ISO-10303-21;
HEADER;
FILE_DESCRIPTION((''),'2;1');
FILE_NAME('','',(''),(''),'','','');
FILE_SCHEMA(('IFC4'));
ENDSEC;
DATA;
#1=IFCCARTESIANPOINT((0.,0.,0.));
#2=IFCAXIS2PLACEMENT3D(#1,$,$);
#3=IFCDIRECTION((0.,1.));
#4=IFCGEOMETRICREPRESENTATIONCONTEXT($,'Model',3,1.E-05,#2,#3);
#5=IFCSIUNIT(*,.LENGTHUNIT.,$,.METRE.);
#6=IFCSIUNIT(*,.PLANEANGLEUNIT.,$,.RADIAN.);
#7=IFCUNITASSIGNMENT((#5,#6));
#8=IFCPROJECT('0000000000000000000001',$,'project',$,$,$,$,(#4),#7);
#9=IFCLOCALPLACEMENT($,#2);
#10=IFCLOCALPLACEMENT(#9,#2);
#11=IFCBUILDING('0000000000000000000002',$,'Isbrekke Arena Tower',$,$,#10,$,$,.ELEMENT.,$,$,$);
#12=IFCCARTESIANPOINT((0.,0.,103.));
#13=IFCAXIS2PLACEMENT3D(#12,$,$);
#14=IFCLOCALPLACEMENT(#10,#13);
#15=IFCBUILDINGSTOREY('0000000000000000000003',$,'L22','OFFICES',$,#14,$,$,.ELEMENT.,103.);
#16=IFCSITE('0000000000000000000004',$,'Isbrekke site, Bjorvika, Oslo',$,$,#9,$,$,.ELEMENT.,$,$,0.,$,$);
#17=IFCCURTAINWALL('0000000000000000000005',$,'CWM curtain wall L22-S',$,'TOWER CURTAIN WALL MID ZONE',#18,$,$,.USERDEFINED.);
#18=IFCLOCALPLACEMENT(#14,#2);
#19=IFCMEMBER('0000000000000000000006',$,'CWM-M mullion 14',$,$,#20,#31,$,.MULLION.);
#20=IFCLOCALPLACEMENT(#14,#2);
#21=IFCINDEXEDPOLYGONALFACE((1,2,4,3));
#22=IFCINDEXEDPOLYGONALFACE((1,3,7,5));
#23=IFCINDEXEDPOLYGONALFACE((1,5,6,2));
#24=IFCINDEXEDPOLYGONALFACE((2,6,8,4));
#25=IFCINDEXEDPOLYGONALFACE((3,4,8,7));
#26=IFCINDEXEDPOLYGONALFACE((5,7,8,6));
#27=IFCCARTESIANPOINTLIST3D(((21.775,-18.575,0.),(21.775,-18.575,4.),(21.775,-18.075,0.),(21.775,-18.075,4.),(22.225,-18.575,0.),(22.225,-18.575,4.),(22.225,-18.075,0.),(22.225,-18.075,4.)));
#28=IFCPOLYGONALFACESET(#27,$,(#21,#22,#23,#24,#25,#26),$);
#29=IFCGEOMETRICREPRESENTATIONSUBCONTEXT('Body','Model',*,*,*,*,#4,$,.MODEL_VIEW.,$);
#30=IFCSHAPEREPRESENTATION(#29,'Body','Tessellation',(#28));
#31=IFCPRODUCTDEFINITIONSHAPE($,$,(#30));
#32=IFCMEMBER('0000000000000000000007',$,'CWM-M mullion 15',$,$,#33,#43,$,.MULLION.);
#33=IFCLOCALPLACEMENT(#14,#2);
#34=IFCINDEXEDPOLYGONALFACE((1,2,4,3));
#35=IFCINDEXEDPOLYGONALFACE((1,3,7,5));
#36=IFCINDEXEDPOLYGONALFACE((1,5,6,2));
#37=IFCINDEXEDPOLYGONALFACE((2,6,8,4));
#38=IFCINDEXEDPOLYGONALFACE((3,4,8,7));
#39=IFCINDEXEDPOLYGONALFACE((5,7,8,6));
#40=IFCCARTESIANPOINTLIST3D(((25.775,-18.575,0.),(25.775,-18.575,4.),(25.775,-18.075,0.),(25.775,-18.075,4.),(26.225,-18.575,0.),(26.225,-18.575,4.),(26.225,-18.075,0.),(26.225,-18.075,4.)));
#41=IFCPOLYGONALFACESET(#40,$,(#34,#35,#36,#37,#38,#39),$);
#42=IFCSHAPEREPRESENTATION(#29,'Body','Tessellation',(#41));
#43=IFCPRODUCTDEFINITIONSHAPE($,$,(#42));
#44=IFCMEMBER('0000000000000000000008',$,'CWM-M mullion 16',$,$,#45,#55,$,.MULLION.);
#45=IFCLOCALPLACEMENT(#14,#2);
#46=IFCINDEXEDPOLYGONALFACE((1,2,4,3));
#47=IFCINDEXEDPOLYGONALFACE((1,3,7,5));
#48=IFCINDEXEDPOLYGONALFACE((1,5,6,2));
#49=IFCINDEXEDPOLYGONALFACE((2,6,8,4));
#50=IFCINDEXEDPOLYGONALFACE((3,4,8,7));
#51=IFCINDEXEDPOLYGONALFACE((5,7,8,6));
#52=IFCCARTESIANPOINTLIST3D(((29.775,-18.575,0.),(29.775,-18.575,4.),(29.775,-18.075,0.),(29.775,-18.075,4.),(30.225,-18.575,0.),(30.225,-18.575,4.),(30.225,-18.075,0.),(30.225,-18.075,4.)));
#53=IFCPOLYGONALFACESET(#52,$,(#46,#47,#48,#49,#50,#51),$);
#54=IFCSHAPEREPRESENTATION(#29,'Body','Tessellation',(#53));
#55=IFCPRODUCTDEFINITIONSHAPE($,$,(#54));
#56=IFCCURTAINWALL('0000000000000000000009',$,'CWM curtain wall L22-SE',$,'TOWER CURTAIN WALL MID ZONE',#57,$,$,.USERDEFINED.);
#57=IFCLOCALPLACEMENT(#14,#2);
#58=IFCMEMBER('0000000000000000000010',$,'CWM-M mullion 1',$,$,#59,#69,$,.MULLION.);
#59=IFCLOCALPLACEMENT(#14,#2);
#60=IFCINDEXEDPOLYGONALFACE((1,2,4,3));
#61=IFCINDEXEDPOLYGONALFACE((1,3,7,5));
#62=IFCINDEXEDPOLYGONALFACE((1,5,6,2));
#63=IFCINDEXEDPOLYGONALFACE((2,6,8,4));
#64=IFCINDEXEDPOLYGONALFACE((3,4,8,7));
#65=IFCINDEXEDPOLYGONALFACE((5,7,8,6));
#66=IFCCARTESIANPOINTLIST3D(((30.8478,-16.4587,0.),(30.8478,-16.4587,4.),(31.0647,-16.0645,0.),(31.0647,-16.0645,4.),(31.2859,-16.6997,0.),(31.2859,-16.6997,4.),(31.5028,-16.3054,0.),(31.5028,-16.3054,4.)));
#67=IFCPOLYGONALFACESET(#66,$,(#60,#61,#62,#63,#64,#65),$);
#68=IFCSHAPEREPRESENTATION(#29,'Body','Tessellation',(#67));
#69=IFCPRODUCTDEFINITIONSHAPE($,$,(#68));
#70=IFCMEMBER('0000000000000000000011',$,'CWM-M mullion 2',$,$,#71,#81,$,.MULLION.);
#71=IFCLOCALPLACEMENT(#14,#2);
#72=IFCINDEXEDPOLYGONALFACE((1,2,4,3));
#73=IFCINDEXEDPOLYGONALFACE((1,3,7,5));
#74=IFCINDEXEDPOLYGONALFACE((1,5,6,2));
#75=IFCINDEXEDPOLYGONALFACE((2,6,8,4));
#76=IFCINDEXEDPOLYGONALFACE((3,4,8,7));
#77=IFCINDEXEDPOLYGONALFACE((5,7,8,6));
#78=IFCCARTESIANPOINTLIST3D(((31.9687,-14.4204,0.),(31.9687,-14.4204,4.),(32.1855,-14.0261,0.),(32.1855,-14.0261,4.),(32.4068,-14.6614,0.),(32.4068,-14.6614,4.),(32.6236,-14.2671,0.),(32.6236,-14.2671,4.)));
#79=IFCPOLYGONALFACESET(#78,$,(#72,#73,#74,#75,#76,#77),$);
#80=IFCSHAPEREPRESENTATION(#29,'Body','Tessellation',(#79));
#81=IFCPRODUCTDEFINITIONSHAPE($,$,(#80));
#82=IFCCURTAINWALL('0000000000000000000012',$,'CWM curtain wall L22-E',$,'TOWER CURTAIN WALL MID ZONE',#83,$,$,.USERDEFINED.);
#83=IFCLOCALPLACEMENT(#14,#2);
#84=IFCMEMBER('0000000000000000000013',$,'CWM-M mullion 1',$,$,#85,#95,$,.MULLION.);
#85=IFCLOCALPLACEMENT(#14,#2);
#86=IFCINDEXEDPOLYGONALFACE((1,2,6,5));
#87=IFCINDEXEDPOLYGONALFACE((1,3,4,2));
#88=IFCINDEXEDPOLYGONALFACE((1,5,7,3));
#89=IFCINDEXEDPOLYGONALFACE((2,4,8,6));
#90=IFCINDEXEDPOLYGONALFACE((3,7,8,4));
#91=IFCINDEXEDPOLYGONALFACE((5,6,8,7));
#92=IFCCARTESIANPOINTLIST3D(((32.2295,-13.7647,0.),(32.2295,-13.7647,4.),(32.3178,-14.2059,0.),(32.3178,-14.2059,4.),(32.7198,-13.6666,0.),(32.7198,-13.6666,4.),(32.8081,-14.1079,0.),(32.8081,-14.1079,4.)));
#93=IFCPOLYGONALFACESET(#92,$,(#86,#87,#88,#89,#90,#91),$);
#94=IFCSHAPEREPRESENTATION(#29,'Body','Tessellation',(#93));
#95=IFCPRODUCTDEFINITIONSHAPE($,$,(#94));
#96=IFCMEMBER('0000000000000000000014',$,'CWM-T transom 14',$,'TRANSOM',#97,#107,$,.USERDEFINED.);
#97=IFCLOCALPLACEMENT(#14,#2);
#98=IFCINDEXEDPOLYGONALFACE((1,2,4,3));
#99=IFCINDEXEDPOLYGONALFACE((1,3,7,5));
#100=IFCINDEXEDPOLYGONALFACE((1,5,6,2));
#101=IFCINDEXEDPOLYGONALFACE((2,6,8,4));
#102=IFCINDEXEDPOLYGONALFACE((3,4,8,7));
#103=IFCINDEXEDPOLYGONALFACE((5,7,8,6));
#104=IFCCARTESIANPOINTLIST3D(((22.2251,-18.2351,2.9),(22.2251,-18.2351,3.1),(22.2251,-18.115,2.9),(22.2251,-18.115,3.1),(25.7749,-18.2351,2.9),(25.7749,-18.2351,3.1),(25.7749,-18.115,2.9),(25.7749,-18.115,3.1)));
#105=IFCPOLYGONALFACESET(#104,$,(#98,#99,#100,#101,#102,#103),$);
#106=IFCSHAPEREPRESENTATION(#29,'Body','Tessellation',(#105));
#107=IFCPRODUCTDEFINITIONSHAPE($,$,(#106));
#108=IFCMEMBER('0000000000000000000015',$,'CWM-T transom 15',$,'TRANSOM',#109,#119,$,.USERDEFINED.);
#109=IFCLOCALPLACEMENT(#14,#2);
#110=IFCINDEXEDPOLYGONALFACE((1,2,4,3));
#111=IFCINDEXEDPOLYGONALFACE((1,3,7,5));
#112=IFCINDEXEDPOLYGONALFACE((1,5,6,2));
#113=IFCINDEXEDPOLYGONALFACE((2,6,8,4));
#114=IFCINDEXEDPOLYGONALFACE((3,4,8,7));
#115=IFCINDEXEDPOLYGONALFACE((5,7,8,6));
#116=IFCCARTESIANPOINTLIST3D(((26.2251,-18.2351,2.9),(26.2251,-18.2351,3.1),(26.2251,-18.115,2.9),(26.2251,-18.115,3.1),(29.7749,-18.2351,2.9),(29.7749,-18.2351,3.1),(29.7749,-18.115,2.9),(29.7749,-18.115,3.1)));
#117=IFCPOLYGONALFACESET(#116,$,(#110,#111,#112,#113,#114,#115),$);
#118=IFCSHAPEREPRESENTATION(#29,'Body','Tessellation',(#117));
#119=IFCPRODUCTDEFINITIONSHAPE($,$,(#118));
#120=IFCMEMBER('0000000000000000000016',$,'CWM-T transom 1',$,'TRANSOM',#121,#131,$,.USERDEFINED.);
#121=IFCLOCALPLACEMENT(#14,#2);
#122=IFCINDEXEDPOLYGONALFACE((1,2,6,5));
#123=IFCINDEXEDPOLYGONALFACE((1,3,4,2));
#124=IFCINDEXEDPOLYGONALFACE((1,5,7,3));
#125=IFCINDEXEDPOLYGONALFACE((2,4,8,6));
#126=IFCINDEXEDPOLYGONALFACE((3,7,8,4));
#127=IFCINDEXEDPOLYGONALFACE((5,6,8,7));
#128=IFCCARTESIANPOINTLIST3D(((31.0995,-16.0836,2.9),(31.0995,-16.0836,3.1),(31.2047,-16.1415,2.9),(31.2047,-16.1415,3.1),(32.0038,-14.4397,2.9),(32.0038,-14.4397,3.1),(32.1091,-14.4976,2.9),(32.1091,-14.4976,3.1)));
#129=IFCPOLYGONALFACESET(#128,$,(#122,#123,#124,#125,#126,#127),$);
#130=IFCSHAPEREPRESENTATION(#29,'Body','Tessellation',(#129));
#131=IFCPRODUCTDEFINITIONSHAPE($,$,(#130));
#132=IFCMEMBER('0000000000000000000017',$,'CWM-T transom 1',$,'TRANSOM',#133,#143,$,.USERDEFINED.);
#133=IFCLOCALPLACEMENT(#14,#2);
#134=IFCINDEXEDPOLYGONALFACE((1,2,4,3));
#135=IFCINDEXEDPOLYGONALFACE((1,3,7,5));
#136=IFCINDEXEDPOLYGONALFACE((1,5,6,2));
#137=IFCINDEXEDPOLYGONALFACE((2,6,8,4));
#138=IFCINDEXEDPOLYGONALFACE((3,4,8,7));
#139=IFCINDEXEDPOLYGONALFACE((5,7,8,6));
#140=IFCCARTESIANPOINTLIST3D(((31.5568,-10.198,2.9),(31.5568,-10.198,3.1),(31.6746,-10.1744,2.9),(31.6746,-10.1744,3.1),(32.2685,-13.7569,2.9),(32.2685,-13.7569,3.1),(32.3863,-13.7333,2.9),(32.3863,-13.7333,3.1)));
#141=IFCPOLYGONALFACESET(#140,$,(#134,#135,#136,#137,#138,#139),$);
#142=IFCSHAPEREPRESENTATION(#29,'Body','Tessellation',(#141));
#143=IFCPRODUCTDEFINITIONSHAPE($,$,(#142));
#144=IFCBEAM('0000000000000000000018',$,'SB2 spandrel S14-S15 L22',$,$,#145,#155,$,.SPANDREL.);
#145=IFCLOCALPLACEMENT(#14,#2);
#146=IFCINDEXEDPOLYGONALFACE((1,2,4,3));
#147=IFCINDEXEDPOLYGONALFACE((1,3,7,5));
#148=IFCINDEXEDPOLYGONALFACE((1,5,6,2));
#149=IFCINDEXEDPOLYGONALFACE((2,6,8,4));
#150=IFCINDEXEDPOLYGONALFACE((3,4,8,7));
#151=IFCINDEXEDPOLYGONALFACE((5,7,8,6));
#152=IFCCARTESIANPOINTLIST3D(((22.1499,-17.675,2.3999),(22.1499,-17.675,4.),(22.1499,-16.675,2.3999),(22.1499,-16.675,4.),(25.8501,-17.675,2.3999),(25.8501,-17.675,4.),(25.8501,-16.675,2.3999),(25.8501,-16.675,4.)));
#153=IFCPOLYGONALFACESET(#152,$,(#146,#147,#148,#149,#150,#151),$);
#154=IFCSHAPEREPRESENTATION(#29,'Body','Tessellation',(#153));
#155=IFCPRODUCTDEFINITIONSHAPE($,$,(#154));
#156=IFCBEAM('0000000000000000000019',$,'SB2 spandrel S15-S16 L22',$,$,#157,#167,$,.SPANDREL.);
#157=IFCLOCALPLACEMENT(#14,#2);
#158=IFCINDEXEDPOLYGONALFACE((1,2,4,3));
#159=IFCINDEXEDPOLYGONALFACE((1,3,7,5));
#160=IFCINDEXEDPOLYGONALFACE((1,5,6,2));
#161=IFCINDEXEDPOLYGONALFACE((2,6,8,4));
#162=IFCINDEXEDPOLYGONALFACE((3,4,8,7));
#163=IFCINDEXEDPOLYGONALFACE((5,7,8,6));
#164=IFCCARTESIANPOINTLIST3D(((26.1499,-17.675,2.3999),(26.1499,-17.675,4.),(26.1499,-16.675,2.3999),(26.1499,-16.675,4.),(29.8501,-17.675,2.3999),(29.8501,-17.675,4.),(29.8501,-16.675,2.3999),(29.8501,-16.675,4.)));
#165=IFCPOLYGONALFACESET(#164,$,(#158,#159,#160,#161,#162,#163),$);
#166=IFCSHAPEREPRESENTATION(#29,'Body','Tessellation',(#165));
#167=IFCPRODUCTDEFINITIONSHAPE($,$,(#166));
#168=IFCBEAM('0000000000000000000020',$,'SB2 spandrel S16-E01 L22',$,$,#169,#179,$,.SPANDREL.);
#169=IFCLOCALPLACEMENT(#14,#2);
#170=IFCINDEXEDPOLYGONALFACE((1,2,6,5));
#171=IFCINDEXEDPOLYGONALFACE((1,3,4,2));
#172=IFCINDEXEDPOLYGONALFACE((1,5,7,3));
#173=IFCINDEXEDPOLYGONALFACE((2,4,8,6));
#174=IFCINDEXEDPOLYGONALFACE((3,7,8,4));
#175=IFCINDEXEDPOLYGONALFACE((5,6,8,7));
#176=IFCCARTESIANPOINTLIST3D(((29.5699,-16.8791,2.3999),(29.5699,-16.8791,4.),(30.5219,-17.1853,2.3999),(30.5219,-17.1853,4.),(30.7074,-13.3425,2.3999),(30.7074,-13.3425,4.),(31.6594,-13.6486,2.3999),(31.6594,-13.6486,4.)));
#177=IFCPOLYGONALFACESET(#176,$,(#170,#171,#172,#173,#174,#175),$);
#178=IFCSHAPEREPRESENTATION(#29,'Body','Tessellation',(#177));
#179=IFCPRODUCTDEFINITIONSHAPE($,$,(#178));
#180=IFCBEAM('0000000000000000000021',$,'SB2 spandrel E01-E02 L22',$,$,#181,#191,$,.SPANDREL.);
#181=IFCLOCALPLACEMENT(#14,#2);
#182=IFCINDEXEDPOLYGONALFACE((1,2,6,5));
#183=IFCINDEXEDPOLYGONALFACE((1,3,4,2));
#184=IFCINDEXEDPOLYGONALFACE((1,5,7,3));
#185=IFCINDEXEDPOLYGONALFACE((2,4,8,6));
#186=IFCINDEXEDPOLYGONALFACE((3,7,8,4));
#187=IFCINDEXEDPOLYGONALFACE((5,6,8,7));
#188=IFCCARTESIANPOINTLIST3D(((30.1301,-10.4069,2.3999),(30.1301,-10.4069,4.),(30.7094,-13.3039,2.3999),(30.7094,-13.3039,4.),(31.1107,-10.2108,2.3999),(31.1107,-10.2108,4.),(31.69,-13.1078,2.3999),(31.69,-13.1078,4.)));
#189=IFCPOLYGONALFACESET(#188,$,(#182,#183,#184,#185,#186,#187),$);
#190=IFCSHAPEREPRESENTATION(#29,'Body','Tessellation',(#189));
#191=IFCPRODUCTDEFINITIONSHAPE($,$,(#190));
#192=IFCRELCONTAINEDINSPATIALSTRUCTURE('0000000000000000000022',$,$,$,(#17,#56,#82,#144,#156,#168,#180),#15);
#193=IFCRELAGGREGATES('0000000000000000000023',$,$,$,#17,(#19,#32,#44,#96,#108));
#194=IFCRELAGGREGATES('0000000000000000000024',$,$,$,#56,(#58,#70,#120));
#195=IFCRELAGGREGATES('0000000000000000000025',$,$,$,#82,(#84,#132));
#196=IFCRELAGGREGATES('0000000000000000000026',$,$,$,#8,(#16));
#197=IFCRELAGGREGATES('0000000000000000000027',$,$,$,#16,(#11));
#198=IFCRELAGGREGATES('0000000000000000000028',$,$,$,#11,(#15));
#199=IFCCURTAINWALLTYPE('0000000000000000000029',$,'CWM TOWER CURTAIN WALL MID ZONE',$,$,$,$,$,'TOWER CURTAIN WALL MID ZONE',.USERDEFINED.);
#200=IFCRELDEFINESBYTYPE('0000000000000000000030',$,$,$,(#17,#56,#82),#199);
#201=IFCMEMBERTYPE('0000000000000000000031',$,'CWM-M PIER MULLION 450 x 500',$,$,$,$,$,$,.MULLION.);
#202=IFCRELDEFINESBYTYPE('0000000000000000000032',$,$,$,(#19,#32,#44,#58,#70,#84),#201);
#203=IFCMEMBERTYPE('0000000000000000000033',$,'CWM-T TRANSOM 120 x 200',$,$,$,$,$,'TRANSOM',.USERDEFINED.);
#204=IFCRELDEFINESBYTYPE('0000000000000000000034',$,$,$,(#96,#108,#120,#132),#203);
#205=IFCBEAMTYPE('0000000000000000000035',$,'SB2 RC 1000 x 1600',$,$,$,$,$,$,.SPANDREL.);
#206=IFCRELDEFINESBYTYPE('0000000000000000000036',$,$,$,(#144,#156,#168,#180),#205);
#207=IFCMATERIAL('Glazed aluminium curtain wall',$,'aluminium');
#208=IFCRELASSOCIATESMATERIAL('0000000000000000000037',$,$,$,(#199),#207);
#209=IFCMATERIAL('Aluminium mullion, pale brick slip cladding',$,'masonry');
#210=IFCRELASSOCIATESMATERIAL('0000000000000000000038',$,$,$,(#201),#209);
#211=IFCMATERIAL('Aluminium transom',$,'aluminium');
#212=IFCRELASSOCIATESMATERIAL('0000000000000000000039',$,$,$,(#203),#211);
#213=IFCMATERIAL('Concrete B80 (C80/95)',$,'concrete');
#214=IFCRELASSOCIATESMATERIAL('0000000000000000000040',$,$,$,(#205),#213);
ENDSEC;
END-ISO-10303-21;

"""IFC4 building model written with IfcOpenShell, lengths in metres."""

from ifc_helpers import new_model, si_unit, direction, frame, origin, origin_2d, place, context, subcontext, project, spatial, rectangle, extrude, material, material_profile, profile_set, type_object, element, aggregate, save


model = new_model("IFC4")

# Units and contexts
model_context = context("Model", 3, precision=1e-05, world=origin(), true_north=direction((0.0, 1.0)))
body_context = subcontext(model_context, "Body", "Model", "MODEL_VIEW")
ifc_project = project(units=[si_unit("LENGTHUNIT", "METRE"), si_unit("PLANEANGLEUNIT", "RADIAN")], contexts=[model_context])

# Site, building, storey
site_placement = place(None, origin())
site = spatial("IfcSite", under=ifc_project, at=site_placement, Name="Isbrekke site, Bjorvika, Oslo", CompositionType="ELEMENT", RefElevation=0.0)
building_placement = place(site_placement, origin())
building = spatial("IfcBuilding", under=site, at=building_placement, Name="Isbrekke Arena Tower", CompositionType="ELEMENT")
storey_placement = place(building_placement, frame((0.0, 0.0, 103.0)))
storey = spatial("IfcBuildingStorey", under=building, at=storey_placement, Name="L22", Description="OFFICES", CompositionType="ELEMENT", Elevation=103.0)

# Curtain walls, members
ifc_material_1 = material(Name="Glazed aluminium curtain wall", Category="aluminium")
curtain_wall_type = type_object("IfcCurtainWallType", Name="CWM TOWER CURTAIN WALL MID ZONE", ElementType="TOWER CURTAIN WALL MID ZONE", PredefinedType="USERDEFINED", material=ifc_material_1)
curtain_wall_1_placement = place(storey_placement, origin())
curtain_wall_1 = element("IfcCurtainWall", 1, at=curtain_wall_1_placement, inside=storey, type_object=curtain_wall_type, Name="CWM curtain wall L22-S", ObjectType="TOWER CURTAIN WALL MID ZONE", PredefinedType="USERDEFINED")
ifc_material_2 = material(Name="Aluminium mullion, pale brick slip cladding", Category="masonry")
ifc_material_profile_1 = material_profile(ifc_material_2, rectangle(XDim=0.45, YDim=0.5, at=origin_2d()), Name="PIER 450X500")
ifc_profile_set_1 = profile_set([ifc_material_profile_1], Name="Aluminium mullion, pale brick slip cladding")
member_type_1 = type_object("IfcMemberType", Name="CWM-M PIER MULLION 450 x 500", PredefinedType="MULLION", material=ifc_profile_set_1)
member_1_placement = place(storey_placement, frame((22.0, -18.325, 0.0), z_axis=(0.0, 0.0, 1.0), x_axis=(1.0, 0.0, 0.0)))
member_1 = element("IfcMember", 2, at=member_1_placement, type_object=member_type_1, Name="CWM-M mullion 14", PredefinedType="MULLION", context=body_context, shape_type="SweptSolid", body=[
    extrude(rectangle(XDim=0.45, YDim=0.5, at=origin_2d()), origin(), (0.0, 0.0, 1.0), 4.0),
])
member_2_placement = place(storey_placement, frame((26.0, -18.325, 0.0), z_axis=(0.0, 0.0, 1.0), x_axis=(1.0, 0.0, 0.0)))
member_2 = element("IfcMember", 3, at=member_2_placement, type_object=member_type_1, Name="CWM-M mullion 15", PredefinedType="MULLION", context=body_context, shape_type="SweptSolid", body=[
    extrude(rectangle(XDim=0.45, YDim=0.5, at=origin_2d()), origin(), (0.0, 0.0, 1.0), 4.0),
])
member_3_placement = place(storey_placement, frame((30.0, -18.325, 0.0), z_axis=(0.0, 0.0, 1.0), x_axis=(1.0, 0.0, 0.0)))
member_3 = element("IfcMember", 4, at=member_3_placement, type_object=member_type_1, Name="CWM-M mullion 16", PredefinedType="MULLION", context=body_context, shape_type="SweptSolid", body=[
    extrude(rectangle(XDim=0.45, YDim=0.5, at=origin_2d()), origin(), (0.0, 0.0, 1.0), 4.0),
])
curtain_wall_2_placement = place(storey_placement, origin())
curtain_wall_2 = element("IfcCurtainWall", 5, at=curtain_wall_2_placement, inside=storey, type_object=curtain_wall_type, Name="CWM curtain wall L22-SE", ObjectType="TOWER CURTAIN WALL MID ZONE", PredefinedType="USERDEFINED")
member_4_placement = place(storey_placement, frame((31.1753, -16.3821, 0.0), z_axis=(0.0, 0.0, 1.0), x_axis=(0.481919, 0.876216, 0.0)))
member_4 = element("IfcMember", 6, at=member_4_placement, type_object=member_type_1, Name="CWM-M mullion 1", PredefinedType="MULLION", context=body_context, shape_type="SweptSolid", body=[
    extrude(rectangle(XDim=0.45, YDim=0.5, at=origin_2d()), origin(), (0.0, 0.0, 1.0), 4.0),
])
member_5_placement = place(storey_placement, frame((32.2961, -14.3438, 0.0), z_axis=(0.0, 0.0, 1.0), x_axis=(0.481919, 0.876216, 0.0)))
member_5 = element("IfcMember", 7, at=member_5_placement, type_object=member_type_1, Name="CWM-M mullion 2", PredefinedType="MULLION", context=body_context, shape_type="SweptSolid", body=[
    extrude(rectangle(XDim=0.45, YDim=0.5, at=origin_2d()), origin(), (0.0, 0.0, 1.0), 4.0),
])

# Curtain wall, member
curtain_wall_3_placement = place(storey_placement, origin())
curtain_wall_3 = element("IfcCurtainWall", 8, at=curtain_wall_3_placement, inside=storey, type_object=curtain_wall_type, Name="CWM curtain wall L22-E", ObjectType="TOWER CURTAIN WALL MID ZONE", PredefinedType="USERDEFINED")
member_6_placement = place(storey_placement, frame((32.5188, -13.9363, 0.0), z_axis=(0.0, 0.0, 1.0), x_axis=(-0.196116, 0.980581, 0.0)))
member_6 = element("IfcMember", 9, at=member_6_placement, type_object=member_type_1, Name="CWM-M mullion 1", PredefinedType="MULLION", context=body_context, shape_type="SweptSolid", body=[
    extrude(rectangle(XDim=0.45, YDim=0.5, at=origin_2d()), origin(), (0.0, 0.0, 1.0), 4.0),
])

# Members
ifc_material_3 = material(Name="Aluminium transom", Category="aluminium")
ifc_material_profile_2 = material_profile(ifc_material_3, rectangle(XDim=0.1201, YDim=0.2, at=origin_2d()), Name="TRANSOM 120X200")
ifc_profile_set_2 = profile_set([ifc_material_profile_2], Name="Aluminium transom")
member_type_2 = type_object("IfcMemberType", Name="CWM-T TRANSOM 120 x 200", ElementType="TRANSOM", PredefinedType="USERDEFINED", material=ifc_profile_set_2)
member_7_placement = place(storey_placement, frame((22.2251, -18.175, 3.0), z_axis=(1.0, 0.0, 0.0), x_axis=(0.0, 1.0, 0.0)))
member_7 = element("IfcMember", 10, at=member_7_placement, type_object=member_type_2, Name="CWM-T transom 14", ObjectType="TRANSOM", PredefinedType="USERDEFINED", context=body_context, shape_type="SweptSolid", body=[
    extrude(rectangle(XDim=0.1201, YDim=0.2, at=origin_2d()), origin(), (0.0, 0.0, 1.0), 3.5498),
])
member_8_placement = place(storey_placement, frame((26.2251, -18.175, 3.0), z_axis=(1.0, 0.0, 0.0), x_axis=(0.0, 1.0, 0.0)))
member_8 = element("IfcMember", 11, at=member_8_placement, type_object=member_type_2, Name="CWM-T transom 15", ObjectType="TRANSOM", PredefinedType="USERDEFINED", context=body_context, shape_type="SweptSolid", body=[
    extrude(rectangle(XDim=0.1201, YDim=0.2, at=origin_2d()), origin(), (0.0, 0.0, 1.0), 3.5498),
])
member_9_placement = place(storey_placement, frame((31.1521, -16.1125, 3.0), z_axis=(0.482004, 0.876169, 0.0), x_axis=(-0.876169, 0.482004, 0.0)))
member_9 = element("IfcMember", 12, at=member_9_placement, type_object=member_type_2, Name="CWM-T transom 1", ObjectType="TRANSOM", PredefinedType="USERDEFINED", context=body_context, shape_type="SweptSolid", body=[
    extrude(rectangle(XDim=0.1201, YDim=0.2, at=origin_2d()), origin(), (0.0, 0.0, 1.0), 1.8762),
])
member_10_placement = place(storey_placement, frame((32.3274, -13.7451, 3.0), z_axis=(-0.19609, 0.980586, 0.0), x_axis=(-0.980586, -0.19609, 0.0)))
member_10 = element("IfcMember", 13, at=member_10_placement, type_object=member_type_2, Name="CWM-T transom 1", ObjectType="TRANSOM", PredefinedType="USERDEFINED", context=body_context, shape_type="SweptSolid", body=[
    extrude(rectangle(XDim=0.1201, YDim=0.2, at=origin_2d()), origin(), (0.0, 0.0, 1.0), 3.6294),
])

# Beams
ifc_material_4 = material(Name="Concrete B80 (C80/95)", Category="concrete")
ifc_material_profile_3 = material_profile(ifc_material_4, rectangle(XDim=1.0, YDim=1.6001, at=origin_2d()), Name="RC 1000x1600")
ifc_profile_set_3 = profile_set([ifc_material_profile_3], Name="Concrete B80 (C80/95)")
beam_type_1 = type_object("IfcBeamType", Name="SB2 RC 1000 x 1600", PredefinedType="SPANDREL", material=ifc_profile_set_3)
for number, where, z_axis, x_axis, name in (
    (14, (22.1499, -17.175, 3.2), (1.0, 0.0, 0.0), (0.0, 1.0, 0.0), "SB2 spandrel S14-S15 L22"),
    (15, (26.1499, -17.175, 3.2), (1.0, 0.0, 0.0), (0.0, 1.0, 0.0), "SB2 spandrel S15-S16 L22"),
):
    element("IfcBeam", number, at=place(storey_placement, frame(where, z_axis=z_axis, x_axis=x_axis)), inside=storey, type_object=beam_type_1, Name=name, PredefinedType="SPANDREL", context=body_context, shape_type="SweptSolid", body=[
        extrude(rectangle(XDim=1.0, YDim=1.6001, at=origin_2d()), origin(), (0.0, 0.0, 1.0), 3.7002),
    ])
beam_1_placement = place(storey_placement, frame((30.0459, -17.0322, 3.2), z_axis=(0.306175, 0.951975, 0.0), x_axis=(-0.951975, 0.306175, 0.0)))
element("IfcBeam", 16, at=beam_1_placement, inside=storey, type_object=beam_type_1, Name="SB2 spandrel S16-E01 L22", PredefinedType="SPANDREL", context=body_context, shape_type="SweptSolid", body=[
    extrude(rectangle(XDim=1.0, YDim=1.6001, at=origin_2d()), origin(), (0.0, 0.0, 1.0), 3.7151),
])
beam_2_placement = place(storey_placement, frame((31.1997, -13.2058, 3.2), z_axis=(-0.1961, 0.980584, 0.0), x_axis=(-0.980584, -0.1961, 0.0)))
element("IfcBeam", 17, at=beam_2_placement, inside=storey, type_object=beam_type_1, Name="SB2 spandrel E01-E02 L22", PredefinedType="SPANDREL", context=body_context, shape_type="SweptSolid", body=[
    extrude(rectangle(XDim=1.0, YDim=1.6001, at=origin_2d()), origin(), (0.0, 0.0, 1.0), 2.9543),
])

aggregate(curtain_wall_1, [member_1, member_2, member_3, member_7, member_8])
aggregate(curtain_wall_2, [member_4, member_5, member_9])
aggregate(curtain_wall_3, [member_6, member_10])

save(model, "model.ifc")
